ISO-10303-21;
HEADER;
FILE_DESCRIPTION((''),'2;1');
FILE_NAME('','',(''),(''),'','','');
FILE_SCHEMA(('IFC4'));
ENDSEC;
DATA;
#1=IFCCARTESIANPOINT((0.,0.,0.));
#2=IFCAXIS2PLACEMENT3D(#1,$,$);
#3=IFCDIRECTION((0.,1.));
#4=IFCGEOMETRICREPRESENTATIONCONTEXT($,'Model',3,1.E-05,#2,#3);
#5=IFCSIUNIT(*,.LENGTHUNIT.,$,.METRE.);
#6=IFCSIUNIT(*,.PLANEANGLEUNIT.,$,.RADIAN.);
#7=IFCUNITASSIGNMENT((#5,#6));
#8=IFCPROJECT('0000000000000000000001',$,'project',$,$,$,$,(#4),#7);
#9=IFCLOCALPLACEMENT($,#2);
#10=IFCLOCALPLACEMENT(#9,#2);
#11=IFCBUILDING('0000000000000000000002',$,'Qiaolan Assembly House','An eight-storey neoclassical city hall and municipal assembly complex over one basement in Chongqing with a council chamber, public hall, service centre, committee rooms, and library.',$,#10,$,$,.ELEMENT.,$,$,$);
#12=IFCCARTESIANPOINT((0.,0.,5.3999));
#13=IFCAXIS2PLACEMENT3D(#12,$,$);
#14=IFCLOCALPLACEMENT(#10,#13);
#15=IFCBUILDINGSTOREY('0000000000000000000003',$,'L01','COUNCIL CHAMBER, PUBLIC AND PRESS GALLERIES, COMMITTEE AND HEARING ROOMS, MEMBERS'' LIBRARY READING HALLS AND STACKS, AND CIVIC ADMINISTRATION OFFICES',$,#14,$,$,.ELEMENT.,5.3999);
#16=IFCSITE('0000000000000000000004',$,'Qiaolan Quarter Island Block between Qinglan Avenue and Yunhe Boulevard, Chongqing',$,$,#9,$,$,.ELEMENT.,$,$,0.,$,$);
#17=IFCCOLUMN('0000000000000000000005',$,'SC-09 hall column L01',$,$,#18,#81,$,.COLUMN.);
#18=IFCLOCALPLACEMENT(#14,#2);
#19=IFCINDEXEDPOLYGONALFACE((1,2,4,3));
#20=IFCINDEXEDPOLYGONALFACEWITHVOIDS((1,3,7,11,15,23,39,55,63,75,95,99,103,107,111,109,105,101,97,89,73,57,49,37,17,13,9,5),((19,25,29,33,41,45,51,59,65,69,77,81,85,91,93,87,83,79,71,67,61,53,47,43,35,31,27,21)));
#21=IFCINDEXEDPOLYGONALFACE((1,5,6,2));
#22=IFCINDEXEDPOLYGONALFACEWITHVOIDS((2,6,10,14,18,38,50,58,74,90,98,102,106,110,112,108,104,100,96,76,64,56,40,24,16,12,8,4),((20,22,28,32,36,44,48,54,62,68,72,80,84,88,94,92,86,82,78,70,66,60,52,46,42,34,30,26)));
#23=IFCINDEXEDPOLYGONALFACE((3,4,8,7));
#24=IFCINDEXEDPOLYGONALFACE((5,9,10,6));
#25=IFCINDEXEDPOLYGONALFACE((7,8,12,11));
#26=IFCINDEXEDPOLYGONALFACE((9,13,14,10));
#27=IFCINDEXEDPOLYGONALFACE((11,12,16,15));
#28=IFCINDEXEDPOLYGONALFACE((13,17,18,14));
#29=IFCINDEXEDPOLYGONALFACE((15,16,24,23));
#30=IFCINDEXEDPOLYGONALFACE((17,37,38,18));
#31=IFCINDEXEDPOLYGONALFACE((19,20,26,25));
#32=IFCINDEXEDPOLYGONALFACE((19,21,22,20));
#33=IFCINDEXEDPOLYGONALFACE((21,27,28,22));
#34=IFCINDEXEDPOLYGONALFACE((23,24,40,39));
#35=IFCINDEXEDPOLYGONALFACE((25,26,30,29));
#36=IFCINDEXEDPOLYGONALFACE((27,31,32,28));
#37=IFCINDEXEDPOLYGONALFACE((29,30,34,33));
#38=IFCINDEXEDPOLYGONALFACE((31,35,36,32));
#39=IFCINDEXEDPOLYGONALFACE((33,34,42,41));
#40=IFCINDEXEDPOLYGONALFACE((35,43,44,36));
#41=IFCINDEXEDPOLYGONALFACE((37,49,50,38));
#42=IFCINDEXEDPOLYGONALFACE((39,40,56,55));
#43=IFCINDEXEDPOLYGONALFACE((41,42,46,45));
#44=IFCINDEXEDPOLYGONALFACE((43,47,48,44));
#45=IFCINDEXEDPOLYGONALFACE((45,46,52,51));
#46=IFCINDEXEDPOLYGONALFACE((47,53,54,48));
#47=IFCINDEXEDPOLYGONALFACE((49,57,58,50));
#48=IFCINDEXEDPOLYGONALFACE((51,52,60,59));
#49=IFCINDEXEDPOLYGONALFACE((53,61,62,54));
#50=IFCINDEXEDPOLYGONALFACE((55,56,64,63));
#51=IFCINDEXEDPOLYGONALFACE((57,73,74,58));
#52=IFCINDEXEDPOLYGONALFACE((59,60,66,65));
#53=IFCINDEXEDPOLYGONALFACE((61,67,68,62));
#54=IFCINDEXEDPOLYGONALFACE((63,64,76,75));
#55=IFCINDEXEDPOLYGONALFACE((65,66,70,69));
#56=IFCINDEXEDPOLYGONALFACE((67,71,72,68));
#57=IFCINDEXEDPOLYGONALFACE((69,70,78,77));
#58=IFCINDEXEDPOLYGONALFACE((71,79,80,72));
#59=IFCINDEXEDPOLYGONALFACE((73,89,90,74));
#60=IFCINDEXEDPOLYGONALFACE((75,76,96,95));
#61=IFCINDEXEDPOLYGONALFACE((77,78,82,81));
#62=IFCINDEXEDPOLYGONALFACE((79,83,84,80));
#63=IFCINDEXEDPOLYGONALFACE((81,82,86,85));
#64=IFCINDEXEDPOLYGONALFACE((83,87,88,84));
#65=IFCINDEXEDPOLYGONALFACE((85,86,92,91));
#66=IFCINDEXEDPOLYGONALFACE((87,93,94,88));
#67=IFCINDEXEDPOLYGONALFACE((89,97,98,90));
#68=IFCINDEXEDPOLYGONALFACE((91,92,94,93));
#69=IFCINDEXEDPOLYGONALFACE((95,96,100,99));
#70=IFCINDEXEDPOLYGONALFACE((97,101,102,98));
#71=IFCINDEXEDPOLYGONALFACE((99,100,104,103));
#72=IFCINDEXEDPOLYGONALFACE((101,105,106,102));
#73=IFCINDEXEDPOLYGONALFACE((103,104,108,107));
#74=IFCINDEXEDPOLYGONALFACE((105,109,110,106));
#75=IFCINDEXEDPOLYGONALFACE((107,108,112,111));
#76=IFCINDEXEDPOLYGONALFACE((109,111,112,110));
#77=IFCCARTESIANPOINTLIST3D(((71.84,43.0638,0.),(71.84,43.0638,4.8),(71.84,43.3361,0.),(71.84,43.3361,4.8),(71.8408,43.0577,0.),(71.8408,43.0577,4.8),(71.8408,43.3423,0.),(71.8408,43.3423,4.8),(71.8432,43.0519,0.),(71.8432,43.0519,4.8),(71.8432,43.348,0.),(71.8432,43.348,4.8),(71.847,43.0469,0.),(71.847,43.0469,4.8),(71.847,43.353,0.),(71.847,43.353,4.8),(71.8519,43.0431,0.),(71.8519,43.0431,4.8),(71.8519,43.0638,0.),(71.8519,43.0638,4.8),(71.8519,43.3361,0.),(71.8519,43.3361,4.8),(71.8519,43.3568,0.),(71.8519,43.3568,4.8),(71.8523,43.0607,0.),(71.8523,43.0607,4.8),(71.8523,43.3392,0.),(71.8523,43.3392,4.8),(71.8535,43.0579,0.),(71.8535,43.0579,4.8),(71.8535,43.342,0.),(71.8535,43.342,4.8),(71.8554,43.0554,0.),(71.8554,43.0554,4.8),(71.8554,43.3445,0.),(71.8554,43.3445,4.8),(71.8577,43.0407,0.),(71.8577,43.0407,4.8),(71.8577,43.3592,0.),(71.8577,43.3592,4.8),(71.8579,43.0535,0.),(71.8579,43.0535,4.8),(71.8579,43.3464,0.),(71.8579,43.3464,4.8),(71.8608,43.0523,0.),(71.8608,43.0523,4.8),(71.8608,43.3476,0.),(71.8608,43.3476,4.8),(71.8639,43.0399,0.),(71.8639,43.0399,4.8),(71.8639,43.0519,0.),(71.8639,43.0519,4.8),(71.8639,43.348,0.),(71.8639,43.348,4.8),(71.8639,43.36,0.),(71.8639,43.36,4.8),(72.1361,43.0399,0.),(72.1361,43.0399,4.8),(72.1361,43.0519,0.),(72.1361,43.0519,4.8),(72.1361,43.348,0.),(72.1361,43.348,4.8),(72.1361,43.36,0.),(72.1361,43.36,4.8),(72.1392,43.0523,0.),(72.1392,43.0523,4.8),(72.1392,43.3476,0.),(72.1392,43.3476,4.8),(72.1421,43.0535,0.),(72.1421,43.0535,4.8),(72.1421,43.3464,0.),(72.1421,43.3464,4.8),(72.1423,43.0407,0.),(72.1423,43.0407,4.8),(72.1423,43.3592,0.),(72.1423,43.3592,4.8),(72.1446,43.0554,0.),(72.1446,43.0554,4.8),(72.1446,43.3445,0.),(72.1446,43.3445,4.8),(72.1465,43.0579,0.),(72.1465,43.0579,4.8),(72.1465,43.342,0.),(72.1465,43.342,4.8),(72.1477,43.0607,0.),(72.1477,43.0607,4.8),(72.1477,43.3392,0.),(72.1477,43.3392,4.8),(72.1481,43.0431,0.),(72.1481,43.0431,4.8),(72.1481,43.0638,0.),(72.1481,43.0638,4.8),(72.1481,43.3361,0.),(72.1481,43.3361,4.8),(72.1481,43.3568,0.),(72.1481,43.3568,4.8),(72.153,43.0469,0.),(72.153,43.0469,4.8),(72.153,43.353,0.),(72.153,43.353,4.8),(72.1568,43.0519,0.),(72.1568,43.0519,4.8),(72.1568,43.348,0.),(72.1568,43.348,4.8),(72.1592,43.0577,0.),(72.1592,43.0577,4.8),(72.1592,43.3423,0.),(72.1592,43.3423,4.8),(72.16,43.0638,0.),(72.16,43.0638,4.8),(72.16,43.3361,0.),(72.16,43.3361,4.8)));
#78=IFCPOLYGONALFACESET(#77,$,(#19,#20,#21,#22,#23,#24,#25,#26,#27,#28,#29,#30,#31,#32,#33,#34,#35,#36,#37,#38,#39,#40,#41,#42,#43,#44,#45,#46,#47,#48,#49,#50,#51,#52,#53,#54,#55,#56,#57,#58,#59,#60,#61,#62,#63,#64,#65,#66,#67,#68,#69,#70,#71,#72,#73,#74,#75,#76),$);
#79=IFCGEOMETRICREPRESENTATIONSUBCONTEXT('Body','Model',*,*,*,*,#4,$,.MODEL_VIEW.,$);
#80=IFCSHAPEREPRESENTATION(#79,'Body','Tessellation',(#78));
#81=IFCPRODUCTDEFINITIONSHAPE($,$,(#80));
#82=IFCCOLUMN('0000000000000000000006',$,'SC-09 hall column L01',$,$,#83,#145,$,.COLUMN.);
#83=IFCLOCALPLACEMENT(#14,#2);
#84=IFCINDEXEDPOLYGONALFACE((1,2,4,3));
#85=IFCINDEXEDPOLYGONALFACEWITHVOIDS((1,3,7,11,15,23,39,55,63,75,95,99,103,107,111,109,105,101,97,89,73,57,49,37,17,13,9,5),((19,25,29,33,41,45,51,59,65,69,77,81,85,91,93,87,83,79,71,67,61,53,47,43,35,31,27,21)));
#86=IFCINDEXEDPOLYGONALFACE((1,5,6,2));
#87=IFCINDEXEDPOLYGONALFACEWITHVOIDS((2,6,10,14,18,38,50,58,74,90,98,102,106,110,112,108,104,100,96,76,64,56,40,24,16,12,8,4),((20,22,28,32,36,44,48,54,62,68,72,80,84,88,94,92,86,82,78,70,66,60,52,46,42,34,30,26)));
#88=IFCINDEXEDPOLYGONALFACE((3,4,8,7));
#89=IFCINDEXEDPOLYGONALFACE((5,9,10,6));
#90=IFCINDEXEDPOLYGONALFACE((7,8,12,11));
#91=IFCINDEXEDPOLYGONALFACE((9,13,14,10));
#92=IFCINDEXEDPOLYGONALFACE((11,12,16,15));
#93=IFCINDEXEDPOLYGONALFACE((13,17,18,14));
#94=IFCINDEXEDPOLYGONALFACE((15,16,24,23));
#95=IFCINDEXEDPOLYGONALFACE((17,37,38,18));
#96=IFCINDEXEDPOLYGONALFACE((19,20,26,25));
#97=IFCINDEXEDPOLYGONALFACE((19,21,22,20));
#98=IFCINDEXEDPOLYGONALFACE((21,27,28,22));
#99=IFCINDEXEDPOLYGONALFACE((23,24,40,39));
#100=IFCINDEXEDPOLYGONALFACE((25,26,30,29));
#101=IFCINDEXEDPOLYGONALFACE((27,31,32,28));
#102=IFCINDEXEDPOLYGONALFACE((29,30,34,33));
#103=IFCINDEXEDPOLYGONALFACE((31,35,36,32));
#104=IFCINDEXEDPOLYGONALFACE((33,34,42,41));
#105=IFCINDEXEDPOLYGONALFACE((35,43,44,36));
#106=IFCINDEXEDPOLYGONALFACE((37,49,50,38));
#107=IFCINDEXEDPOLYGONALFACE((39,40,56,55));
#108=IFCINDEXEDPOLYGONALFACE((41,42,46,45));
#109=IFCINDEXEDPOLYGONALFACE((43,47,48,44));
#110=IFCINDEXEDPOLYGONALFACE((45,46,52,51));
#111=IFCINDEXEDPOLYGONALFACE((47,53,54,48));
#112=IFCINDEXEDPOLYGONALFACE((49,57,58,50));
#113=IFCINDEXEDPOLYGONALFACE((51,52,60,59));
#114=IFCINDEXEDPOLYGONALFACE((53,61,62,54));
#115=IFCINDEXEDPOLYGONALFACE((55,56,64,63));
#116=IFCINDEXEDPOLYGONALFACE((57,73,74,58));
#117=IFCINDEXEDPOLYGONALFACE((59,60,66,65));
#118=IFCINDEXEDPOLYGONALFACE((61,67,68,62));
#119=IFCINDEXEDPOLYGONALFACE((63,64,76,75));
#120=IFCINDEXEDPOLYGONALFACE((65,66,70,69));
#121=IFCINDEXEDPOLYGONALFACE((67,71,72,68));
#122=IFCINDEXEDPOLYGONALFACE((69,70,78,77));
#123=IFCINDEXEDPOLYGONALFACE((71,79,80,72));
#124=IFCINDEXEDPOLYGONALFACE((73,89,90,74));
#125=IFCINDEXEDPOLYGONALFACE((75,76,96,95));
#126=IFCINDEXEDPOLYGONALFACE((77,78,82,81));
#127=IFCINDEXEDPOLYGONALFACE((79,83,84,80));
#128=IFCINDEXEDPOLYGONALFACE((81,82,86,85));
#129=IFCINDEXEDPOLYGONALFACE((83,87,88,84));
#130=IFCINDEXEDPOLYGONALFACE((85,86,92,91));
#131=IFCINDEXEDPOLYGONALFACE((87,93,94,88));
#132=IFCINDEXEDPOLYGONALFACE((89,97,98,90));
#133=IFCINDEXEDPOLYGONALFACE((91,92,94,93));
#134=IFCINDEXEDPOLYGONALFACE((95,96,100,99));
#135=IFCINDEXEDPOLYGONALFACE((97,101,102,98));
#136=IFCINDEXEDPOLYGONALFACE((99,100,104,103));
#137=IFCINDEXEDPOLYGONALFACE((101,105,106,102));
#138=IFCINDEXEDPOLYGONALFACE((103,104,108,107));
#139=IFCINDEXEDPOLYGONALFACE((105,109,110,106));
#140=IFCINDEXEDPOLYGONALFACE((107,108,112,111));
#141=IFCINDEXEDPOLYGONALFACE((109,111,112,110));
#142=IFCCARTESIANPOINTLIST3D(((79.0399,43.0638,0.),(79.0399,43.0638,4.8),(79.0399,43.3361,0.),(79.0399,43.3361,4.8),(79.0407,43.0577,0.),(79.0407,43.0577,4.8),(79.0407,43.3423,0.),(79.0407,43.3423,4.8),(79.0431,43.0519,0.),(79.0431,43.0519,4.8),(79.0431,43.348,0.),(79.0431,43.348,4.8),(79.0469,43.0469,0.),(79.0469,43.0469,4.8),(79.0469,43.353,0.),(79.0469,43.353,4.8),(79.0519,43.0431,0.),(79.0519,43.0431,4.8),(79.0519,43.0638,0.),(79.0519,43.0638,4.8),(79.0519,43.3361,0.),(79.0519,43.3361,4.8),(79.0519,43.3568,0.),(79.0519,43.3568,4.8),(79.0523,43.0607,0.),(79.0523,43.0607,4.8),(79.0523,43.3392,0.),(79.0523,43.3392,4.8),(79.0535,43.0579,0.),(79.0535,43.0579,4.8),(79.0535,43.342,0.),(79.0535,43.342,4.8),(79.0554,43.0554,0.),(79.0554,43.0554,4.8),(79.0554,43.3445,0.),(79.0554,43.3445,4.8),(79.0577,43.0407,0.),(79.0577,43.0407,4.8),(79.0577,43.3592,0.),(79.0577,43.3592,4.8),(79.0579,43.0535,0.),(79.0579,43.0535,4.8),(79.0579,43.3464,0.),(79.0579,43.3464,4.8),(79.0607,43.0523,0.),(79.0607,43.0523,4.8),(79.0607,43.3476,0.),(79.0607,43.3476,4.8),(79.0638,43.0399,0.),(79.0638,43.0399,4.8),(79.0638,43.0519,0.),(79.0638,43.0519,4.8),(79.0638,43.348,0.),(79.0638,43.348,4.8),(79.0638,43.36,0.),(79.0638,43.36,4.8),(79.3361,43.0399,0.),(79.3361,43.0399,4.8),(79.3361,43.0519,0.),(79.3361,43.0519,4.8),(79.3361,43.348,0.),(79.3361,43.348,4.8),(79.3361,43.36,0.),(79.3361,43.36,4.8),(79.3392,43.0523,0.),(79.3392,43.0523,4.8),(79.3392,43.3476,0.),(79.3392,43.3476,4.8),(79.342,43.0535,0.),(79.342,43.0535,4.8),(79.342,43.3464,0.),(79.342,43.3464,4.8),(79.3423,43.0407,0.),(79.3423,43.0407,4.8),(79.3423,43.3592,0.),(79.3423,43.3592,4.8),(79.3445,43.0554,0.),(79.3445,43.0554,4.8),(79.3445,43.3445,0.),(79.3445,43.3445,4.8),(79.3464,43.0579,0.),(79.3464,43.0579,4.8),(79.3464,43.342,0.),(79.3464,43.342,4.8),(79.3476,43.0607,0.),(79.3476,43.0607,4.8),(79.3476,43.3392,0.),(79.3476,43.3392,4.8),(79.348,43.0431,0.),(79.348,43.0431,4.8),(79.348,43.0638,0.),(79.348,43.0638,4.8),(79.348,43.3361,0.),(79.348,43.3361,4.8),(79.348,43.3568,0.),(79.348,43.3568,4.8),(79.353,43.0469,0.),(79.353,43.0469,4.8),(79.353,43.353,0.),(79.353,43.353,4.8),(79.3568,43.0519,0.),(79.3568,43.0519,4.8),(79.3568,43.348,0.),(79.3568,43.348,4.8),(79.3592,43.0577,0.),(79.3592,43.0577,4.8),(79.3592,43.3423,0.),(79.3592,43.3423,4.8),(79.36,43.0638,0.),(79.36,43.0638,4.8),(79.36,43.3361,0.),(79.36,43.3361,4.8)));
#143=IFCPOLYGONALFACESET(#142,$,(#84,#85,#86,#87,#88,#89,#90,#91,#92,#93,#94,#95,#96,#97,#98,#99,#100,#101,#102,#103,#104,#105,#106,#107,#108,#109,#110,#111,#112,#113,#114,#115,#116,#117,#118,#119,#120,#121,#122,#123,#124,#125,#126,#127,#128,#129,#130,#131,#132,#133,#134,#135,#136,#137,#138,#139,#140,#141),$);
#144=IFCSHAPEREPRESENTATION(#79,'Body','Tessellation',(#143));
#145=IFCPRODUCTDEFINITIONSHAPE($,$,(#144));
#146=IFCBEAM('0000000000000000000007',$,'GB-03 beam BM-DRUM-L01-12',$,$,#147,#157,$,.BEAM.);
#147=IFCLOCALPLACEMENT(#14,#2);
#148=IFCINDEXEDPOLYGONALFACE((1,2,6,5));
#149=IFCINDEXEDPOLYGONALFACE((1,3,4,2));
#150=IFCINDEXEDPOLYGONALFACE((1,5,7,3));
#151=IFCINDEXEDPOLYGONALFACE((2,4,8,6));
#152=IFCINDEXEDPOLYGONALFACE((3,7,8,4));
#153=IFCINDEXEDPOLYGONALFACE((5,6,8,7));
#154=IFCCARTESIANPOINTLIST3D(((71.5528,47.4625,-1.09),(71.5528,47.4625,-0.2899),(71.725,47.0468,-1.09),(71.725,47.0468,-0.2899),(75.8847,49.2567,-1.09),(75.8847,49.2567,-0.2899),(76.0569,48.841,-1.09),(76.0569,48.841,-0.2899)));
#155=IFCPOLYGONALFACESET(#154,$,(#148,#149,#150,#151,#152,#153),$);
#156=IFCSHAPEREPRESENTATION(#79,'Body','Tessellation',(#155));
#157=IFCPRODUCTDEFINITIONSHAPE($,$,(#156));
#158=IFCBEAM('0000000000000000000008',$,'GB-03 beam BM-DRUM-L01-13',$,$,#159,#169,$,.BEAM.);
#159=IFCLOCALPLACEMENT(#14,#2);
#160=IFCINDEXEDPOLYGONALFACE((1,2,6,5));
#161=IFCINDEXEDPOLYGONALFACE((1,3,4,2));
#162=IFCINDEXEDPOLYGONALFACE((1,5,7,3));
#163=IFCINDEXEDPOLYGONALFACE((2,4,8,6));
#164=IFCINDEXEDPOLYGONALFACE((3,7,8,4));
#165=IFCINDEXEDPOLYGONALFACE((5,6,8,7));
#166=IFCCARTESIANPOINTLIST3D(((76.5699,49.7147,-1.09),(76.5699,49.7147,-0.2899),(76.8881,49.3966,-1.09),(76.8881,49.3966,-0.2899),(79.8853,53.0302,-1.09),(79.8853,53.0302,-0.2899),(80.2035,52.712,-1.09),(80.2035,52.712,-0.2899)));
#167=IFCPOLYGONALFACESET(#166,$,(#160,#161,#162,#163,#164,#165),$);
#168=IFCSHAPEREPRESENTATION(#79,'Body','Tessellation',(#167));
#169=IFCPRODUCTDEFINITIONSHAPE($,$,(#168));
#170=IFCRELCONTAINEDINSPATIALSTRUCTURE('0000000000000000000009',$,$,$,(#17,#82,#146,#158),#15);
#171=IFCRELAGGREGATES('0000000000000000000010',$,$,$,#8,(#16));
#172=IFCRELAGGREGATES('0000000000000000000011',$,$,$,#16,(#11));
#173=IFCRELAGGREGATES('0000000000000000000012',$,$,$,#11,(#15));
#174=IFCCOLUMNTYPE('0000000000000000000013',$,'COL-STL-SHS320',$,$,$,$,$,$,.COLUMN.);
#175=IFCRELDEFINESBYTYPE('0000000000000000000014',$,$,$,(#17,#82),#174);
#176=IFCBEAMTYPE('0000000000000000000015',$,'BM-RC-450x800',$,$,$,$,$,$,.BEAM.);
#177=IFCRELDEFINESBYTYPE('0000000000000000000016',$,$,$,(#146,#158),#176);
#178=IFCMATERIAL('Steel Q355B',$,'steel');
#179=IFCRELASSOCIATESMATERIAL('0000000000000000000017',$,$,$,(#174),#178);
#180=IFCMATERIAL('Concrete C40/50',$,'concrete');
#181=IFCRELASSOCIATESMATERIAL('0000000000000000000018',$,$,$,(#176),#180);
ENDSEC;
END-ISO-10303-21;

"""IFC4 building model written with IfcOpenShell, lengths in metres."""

from ifc_helpers import new_model, si_unit, direction, frame, origin, origin_2d, place, context, subcontext, project, spatial, rectangle, hollow_rectangle, extrude, material, material_profile, profile_set, type_object, element, save


model = new_model("IFC4")

# Units and contexts
model_context = context("Model", 3, precision=1e-05, world=origin(), true_north=direction((0.0, 1.0)))
body_context = subcontext(model_context, "Body", "Model", "MODEL_VIEW")
ifc_project = project(units=[si_unit("LENGTHUNIT", "METRE"), si_unit("PLANEANGLEUNIT", "RADIAN")], contexts=[model_context])

# Site, building, storey
site_placement = place(None, origin())
site = spatial("IfcSite", under=ifc_project, at=site_placement, Name="Qiaolan Quarter Island Block between Qinglan Avenue and Yunhe Boulevard, Chongqing", CompositionType="ELEMENT", RefElevation=0.0)
building_placement = place(site_placement, origin())
building = spatial("IfcBuilding", under=site, at=building_placement, Name="Qiaolan Assembly House", Description="An eight-storey neoclassical city hall and municipal assembly complex over one basement in Chongqing with a council chamber, public hall, service centre, committee rooms, and library.", CompositionType="ELEMENT")
storey_placement = place(building_placement, frame((0.0, 0.0, 5.3999)))
storey = spatial("IfcBuildingStorey", under=building, at=storey_placement, Name="L01", Description="COUNCIL CHAMBER, PUBLIC AND PRESS GALLERIES, COMMITTEE AND HEARING ROOMS, MEMBERS' LIBRARY READING HALLS AND STACKS, AND CIVIC ADMINISTRATION OFFICES", CompositionType="ELEMENT", Elevation=5.3999)

# Columns
ifc_material_1 = material(Name="Steel Q355B", Category="steel")
ifc_material_profile_1 = material_profile(ifc_material_1, hollow_rectangle(XDim=0.3201, YDim=0.3201, WallThickness=0.012, InnerFilletRadius=0.012, OuterFilletRadius=0.0239, at=origin_2d()), Name="SHS 320x320x12")
ifc_profile_set_1 = profile_set([ifc_material_profile_1], Name="Steel Q355B")
column_type_1 = type_object("IfcColumnType", Name="COL-STL-SHS320", PredefinedType="COLUMN", material=ifc_profile_set_1)
for number, where, z_axis, x_axis, name in (
    (1, (72.0, 43.2, 0.0), (0.0, 0.0, 1.0), (1.0, 0.0, 0.0), "SC-09 hall column L01"),
    (2, (79.2, 43.2, 0.0), (0.0, 0.0, 1.0), (1.0, 0.0, 0.0), "SC-09 hall column L01"),
):
    element("IfcColumn", number, at=place(storey_placement, frame(where, z_axis=z_axis, x_axis=x_axis)), inside=storey, type_object=column_type_1, Name=name, PredefinedType="COLUMN", context=body_context, shape_type="SweptSolid", body=[
        extrude(hollow_rectangle(XDim=0.3201, YDim=0.3201, WallThickness=0.012, InnerFilletRadius=0.012, OuterFilletRadius=0.0239, at=origin_2d()), origin(), (0.0, 0.0, 1.0), 4.8),
    ])

# Beams
ifc_material_2 = material(Name="Concrete C40/50", Category="concrete")
ifc_material_profile_2 = material_profile(ifc_material_2, rectangle(XDim=0.45, YDim=0.8, at=origin_2d()), Name="RCB 450x800")
ifc_profile_set_2 = profile_set([ifc_material_profile_2], Name="Concrete C40/50")
beam_type_1 = type_object("IfcBeamType", Name="BM-RC-450x800", PredefinedType="BEAM", material=ifc_profile_set_2)
for number, where, z_axis, x_axis, name in (
    (3, (71.6389, 47.2546, -0.6899), (0.923887, 0.382666, 0.0), (-0.382666, 0.923887, 0.0), "GB-03 beam BM-DRUM-L01-12"),
    (4, (76.729, 49.5557, -0.6899), (0.707107, 0.707107, 0.0), (-0.707107, 0.707107, 0.0), "GB-03 beam BM-DRUM-L01-13"),
):
    element("IfcBeam", number, at=place(storey_placement, frame(where, z_axis=z_axis, x_axis=x_axis)), inside=storey, type_object=beam_type_1, Name=name, PredefinedType="BEAM", context=body_context, shape_type="SweptSolid", body=[
        extrude(rectangle(XDim=0.45, YDim=0.8, at=origin_2d()), origin(), (0.0, 0.0, 1.0), 4.6887),
    ])

save(model, "model.ifc")
